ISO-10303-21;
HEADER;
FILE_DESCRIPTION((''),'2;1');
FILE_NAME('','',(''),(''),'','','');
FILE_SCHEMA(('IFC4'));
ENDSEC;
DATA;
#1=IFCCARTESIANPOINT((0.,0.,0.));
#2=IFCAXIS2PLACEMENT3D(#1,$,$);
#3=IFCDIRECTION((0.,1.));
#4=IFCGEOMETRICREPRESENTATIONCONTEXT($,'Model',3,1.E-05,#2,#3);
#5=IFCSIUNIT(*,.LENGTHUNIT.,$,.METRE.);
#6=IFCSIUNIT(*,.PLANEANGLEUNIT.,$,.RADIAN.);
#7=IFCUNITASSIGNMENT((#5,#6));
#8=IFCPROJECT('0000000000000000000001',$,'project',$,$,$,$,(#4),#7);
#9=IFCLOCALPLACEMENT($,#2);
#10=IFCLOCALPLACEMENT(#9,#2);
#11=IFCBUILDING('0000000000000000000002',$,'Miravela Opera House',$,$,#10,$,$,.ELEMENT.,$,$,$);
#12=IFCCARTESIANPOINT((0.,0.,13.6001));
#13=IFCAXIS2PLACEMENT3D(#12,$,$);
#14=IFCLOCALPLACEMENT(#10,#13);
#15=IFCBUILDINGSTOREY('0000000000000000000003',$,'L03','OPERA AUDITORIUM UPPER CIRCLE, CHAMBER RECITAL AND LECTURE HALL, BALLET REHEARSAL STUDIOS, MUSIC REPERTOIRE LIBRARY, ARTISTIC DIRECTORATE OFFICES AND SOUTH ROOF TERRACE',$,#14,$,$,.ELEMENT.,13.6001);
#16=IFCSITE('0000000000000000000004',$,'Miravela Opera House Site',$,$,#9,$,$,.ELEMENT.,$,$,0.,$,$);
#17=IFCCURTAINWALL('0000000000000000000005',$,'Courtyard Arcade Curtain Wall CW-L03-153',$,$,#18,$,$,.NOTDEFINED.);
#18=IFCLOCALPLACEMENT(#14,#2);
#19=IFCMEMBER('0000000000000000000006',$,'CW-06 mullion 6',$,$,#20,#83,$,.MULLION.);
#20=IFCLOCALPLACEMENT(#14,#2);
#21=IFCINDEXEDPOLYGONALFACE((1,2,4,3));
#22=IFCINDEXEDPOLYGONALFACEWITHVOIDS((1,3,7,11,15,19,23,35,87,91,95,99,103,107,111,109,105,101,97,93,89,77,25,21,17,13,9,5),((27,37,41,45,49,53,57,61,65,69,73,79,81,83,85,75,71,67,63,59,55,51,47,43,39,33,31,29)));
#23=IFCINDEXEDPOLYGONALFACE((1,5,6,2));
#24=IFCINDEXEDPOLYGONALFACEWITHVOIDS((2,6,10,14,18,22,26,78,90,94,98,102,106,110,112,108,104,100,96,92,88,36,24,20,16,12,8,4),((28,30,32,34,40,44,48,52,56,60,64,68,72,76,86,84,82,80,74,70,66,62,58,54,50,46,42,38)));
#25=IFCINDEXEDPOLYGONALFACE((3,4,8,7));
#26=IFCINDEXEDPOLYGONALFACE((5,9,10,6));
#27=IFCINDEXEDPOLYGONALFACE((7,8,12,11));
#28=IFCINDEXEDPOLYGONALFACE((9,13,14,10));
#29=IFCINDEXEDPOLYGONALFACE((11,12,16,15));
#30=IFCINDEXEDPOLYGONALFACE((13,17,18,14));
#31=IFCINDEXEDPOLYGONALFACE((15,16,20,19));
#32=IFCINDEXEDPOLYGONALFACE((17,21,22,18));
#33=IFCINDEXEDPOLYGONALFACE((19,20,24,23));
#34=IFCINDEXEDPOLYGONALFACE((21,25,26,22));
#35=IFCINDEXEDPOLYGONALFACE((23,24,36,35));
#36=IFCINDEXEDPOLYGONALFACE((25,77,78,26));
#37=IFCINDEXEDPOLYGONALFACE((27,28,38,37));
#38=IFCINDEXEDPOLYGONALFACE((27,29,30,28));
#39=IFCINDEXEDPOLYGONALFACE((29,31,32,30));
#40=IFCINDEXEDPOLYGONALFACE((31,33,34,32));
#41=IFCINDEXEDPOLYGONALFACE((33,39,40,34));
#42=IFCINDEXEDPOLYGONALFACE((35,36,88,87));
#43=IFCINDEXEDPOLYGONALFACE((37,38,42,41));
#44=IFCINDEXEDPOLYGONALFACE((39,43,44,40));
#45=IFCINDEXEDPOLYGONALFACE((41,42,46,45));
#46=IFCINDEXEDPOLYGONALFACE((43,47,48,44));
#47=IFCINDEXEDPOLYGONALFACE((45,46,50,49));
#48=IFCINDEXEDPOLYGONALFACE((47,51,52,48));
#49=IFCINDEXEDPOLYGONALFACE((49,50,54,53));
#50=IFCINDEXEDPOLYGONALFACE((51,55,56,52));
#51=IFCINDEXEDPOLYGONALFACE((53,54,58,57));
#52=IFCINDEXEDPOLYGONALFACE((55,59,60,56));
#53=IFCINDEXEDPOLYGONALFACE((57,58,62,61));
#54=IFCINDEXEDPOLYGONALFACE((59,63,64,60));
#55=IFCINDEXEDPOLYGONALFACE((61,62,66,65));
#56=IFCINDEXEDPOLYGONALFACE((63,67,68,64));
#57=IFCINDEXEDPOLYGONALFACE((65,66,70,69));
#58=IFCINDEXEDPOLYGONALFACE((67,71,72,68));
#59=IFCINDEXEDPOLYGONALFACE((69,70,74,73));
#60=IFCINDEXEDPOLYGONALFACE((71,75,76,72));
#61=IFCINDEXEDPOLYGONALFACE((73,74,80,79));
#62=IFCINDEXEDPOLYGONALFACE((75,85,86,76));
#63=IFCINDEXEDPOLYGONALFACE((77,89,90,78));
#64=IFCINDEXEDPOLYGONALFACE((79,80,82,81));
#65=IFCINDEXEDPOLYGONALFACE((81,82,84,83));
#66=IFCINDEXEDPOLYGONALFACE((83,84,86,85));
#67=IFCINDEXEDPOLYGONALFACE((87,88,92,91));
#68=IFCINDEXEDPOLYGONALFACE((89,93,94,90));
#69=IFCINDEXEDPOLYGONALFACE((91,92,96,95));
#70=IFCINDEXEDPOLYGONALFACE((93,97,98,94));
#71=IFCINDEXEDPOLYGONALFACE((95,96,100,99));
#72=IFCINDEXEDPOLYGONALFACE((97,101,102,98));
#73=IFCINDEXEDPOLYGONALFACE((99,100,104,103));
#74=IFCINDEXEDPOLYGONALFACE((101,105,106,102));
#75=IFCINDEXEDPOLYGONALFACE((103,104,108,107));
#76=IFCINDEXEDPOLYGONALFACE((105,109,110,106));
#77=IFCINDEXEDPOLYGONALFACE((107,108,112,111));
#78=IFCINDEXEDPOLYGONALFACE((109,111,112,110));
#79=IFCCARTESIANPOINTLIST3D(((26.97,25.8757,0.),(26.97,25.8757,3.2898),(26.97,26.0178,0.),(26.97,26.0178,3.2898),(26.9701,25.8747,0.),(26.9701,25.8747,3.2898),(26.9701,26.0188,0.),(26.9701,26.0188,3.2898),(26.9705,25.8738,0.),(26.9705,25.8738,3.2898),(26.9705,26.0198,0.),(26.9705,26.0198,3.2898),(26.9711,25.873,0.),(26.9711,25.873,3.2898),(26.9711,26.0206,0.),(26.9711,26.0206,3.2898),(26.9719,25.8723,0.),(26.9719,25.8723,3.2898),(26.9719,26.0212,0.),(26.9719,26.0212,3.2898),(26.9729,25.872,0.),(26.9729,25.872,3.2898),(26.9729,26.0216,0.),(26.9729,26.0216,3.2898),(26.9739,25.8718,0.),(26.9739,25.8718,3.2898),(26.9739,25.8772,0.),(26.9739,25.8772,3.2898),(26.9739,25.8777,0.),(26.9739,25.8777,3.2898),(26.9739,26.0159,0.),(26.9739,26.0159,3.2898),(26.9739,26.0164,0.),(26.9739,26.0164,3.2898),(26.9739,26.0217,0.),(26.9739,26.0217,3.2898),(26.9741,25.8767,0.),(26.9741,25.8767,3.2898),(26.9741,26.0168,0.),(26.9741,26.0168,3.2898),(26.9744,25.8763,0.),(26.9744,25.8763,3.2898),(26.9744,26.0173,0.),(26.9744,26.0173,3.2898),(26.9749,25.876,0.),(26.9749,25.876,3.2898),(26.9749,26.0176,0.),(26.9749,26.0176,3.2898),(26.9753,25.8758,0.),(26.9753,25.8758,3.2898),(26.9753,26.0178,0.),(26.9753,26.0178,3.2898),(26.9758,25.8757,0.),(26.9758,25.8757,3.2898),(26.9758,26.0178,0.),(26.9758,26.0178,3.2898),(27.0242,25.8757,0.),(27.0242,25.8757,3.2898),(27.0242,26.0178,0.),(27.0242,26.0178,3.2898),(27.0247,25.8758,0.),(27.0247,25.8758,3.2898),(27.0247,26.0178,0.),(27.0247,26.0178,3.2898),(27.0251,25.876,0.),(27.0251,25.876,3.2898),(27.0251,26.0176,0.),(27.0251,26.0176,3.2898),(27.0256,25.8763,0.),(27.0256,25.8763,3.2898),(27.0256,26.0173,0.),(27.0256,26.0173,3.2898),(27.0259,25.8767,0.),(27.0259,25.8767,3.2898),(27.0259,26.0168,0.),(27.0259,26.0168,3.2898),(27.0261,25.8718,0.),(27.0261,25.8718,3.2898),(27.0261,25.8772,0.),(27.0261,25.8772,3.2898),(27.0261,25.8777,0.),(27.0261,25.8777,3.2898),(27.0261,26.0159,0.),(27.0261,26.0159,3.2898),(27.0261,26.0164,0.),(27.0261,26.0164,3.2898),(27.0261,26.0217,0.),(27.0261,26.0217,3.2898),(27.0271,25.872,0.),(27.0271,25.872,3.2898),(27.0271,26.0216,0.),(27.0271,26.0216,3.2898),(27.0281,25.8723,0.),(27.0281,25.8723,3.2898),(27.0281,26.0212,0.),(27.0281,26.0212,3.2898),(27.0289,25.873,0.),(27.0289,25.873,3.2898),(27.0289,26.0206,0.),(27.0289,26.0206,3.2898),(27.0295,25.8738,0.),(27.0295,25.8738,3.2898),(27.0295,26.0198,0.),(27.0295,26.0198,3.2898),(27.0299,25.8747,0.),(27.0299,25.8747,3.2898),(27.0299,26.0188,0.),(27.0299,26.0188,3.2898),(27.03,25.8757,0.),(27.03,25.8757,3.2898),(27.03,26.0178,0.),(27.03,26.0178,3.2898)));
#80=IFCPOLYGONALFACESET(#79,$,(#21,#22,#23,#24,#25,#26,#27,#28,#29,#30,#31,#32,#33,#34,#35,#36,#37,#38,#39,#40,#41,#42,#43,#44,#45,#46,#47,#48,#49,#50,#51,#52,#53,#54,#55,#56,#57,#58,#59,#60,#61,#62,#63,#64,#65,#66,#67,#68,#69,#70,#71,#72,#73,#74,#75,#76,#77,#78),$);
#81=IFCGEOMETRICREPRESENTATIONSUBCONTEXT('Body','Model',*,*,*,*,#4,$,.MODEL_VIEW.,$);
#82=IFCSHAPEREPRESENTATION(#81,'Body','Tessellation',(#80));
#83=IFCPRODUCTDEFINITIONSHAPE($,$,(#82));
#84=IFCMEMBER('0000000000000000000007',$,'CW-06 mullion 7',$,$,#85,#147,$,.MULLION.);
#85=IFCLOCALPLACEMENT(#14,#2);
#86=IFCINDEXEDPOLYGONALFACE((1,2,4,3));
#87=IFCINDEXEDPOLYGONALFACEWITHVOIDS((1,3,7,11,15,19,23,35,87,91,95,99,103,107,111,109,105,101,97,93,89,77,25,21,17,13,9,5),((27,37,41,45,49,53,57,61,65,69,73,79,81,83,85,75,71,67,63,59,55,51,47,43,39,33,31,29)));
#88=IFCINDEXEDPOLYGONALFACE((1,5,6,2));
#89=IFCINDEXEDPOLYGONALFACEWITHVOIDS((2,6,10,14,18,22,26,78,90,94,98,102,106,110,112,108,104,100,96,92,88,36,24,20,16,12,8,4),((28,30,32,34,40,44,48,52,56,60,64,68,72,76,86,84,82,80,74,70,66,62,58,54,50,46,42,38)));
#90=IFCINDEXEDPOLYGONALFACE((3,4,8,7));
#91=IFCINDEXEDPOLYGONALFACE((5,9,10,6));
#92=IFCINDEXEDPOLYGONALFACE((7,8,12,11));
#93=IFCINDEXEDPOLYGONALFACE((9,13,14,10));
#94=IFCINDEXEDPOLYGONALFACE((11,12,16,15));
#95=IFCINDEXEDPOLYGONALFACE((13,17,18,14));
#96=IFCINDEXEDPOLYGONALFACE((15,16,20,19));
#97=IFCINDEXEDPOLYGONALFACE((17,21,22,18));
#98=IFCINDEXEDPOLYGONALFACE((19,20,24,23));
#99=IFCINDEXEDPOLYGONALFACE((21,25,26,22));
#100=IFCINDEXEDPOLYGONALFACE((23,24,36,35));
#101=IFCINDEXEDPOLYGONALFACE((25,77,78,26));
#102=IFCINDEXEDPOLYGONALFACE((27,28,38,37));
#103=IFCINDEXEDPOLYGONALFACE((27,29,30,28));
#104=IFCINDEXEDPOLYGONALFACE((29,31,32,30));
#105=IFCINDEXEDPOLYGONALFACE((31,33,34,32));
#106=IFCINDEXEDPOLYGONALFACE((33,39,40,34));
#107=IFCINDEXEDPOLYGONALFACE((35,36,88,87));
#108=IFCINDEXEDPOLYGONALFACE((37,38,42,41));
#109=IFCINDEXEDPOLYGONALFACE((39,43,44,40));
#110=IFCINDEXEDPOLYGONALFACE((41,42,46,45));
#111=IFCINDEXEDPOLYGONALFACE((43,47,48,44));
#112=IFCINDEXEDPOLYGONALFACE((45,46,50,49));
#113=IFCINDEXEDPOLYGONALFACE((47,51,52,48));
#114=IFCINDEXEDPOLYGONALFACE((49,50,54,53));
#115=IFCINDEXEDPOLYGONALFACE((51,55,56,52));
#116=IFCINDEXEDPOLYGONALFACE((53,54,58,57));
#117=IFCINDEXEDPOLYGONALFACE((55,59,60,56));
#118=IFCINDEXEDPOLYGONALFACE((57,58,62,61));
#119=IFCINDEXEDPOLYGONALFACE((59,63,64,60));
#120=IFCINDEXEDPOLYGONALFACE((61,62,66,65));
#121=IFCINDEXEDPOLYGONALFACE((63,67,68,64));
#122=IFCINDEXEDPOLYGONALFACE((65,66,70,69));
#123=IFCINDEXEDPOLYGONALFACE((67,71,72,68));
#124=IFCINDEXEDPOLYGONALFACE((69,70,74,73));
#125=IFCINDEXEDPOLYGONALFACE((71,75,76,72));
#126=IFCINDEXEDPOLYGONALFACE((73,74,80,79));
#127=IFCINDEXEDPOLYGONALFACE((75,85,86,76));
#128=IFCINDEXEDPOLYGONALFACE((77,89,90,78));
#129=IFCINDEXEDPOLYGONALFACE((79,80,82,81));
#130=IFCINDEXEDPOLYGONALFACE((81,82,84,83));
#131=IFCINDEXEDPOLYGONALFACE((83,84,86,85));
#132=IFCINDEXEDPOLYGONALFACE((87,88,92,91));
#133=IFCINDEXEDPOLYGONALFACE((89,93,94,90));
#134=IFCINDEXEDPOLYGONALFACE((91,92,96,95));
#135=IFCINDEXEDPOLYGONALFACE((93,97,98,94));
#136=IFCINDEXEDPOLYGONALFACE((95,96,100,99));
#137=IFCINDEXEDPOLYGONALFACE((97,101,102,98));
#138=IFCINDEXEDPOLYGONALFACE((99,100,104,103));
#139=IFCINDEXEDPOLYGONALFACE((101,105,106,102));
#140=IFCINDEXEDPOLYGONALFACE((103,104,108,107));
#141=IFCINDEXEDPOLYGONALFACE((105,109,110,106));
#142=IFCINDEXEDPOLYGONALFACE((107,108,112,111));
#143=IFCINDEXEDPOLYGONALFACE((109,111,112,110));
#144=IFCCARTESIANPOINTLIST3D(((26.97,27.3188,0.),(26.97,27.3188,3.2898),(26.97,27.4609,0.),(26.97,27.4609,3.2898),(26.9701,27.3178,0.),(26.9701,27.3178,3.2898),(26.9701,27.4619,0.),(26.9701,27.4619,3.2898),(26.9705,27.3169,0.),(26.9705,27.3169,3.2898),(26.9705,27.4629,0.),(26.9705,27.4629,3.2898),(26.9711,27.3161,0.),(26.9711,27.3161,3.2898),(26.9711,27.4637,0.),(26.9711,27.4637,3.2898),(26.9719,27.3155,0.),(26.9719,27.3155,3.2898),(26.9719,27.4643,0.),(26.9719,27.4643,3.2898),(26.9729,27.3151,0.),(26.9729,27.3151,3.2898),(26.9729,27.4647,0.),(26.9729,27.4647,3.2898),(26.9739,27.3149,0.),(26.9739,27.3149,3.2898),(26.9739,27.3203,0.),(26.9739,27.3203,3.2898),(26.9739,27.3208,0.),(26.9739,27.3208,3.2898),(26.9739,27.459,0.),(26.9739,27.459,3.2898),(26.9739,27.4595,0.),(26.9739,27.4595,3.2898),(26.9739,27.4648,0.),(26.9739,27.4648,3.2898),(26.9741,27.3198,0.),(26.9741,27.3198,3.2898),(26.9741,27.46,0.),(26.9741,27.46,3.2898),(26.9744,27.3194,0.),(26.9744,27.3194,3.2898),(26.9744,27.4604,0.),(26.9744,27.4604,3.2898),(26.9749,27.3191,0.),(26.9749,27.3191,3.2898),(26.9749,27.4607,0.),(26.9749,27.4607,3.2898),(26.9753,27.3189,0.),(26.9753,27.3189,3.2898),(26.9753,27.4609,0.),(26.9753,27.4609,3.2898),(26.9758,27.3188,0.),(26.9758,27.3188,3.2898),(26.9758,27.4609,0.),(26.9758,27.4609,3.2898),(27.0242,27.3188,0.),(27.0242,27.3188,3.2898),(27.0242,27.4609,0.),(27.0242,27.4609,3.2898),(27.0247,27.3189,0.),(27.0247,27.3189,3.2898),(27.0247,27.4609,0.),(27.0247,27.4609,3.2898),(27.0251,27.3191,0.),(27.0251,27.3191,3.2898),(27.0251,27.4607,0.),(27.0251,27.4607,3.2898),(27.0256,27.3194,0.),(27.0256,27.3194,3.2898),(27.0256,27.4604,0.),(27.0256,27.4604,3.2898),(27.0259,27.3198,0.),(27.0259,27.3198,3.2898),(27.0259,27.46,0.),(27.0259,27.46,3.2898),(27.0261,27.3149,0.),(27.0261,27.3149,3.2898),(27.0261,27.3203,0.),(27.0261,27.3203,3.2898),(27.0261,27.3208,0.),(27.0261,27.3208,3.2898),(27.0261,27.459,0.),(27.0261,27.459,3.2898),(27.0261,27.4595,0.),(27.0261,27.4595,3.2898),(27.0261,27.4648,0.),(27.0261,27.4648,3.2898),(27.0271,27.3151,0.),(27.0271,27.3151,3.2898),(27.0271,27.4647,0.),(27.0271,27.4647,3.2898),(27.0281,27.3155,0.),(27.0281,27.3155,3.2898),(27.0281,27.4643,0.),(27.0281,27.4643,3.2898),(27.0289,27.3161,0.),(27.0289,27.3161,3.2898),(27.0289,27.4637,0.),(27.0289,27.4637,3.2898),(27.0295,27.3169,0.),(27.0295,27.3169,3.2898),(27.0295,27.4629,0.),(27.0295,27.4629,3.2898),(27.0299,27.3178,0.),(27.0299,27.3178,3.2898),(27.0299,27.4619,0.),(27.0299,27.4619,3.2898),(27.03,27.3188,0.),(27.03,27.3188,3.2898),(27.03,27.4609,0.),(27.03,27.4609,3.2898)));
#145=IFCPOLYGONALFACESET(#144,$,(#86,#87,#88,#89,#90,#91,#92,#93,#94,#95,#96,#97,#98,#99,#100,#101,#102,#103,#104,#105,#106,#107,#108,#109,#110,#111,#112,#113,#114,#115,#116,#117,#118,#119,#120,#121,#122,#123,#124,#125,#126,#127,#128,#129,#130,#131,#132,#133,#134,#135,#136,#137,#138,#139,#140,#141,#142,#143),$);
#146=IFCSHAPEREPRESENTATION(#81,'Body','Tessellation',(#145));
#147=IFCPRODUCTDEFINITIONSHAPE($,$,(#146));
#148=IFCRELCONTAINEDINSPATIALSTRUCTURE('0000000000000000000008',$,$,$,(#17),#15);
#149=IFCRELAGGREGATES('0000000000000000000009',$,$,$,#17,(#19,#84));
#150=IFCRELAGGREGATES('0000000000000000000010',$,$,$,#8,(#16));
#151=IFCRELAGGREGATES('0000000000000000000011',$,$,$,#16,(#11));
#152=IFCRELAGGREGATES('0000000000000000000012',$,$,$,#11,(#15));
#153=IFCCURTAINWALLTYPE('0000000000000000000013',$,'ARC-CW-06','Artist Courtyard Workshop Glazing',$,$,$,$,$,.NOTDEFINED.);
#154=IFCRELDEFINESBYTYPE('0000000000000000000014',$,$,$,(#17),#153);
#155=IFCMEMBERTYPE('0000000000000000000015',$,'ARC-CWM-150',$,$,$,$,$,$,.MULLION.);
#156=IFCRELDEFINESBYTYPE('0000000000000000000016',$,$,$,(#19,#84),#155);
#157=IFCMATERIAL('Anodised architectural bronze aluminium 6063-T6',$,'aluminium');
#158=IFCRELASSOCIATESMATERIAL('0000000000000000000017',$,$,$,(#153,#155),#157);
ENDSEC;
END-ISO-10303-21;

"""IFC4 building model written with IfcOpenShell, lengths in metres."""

from ifc_helpers import new_model, si_unit, direction, frame, origin, origin_2d, place, context, subcontext, project, spatial, hollow_rectangle, extrude, material, material_profile, profile_set, type_object, element, aggregate, save


model = new_model("IFC4")

# Units and contexts
model_context = context("Model", 3, precision=1e-05, world=origin(), true_north=direction((0.0, 1.0)))
body_context = subcontext(model_context, "Body", "Model", "MODEL_VIEW")
ifc_project = project(units=[si_unit("LENGTHUNIT", "METRE"), si_unit("PLANEANGLEUNIT", "RADIAN")], contexts=[model_context])

# Site, building, storey
site_placement = place(None, origin())
site = spatial("IfcSite", under=ifc_project, at=site_placement, Name="Miravela Opera House Site", CompositionType="ELEMENT", RefElevation=0.0)
building_placement = place(site_placement, origin())
building = spatial("IfcBuilding", under=site, at=building_placement, Name="Miravela Opera House", CompositionType="ELEMENT")
storey_placement = place(building_placement, frame((0.0, 0.0, 13.6001)))
storey = spatial("IfcBuildingStorey", under=building, at=storey_placement, Name="L03", Description="OPERA AUDITORIUM UPPER CIRCLE, CHAMBER RECITAL AND LECTURE HALL, BALLET REHEARSAL STUDIOS, MUSIC REPERTOIRE LIBRARY, ARTISTIC DIRECTORATE OFFICES AND SOUTH ROOF TERRACE", CompositionType="ELEMENT", Elevation=13.6001)

# Shared definitions
ifc_material_1 = material(Name="Anodised architectural bronze aluminium 6063-T6", Category="aluminium")
curtain_wall_type = type_object("IfcCurtainWallType", Name="ARC-CW-06", Description="Artist Courtyard Workshop Glazing", PredefinedType="NOTDEFINED", material=ifc_material_1)
ifc_material_profile_1 = material_profile(ifc_material_1, hollow_rectangle(XDim=0.0601, YDim=0.1499, WallThickness=0.0039, InnerFilletRadius=0.002, OuterFilletRadius=0.0039, at=origin_2d()), Name="CWM-60X150")
ifc_profile_set_1 = profile_set([ifc_material_profile_1])
member_type_1 = type_object("IfcMemberType", Name="ARC-CWM-150", PredefinedType="MULLION", material=ifc_profile_set_1)

# Curtain wall, members
curtain_wall_1_placement = place(storey_placement, origin())
curtain_wall_1 = element("IfcCurtainWall", 1, at=curtain_wall_1_placement, inside=storey, type_object=curtain_wall_type, Name="Courtyard Arcade Curtain Wall CW-L03-153", PredefinedType="NOTDEFINED")
member_1_placement = place(storey_placement, frame((27.0, 25.9468, 0.0), z_axis=(0.0, 0.0, 1.0), x_axis=(-1.0, 0.0, 0.0)))
member_1 = element("IfcMember", 2, at=member_1_placement, type_object=member_type_1, Name="CW-06 mullion 6", PredefinedType="MULLION", context=body_context, shape_type="SweptSolid", body=[
    extrude(hollow_rectangle(XDim=0.0601, YDim=0.1499, WallThickness=0.0039, InnerFilletRadius=0.002, OuterFilletRadius=0.0039, at=origin_2d()), origin(), (0.0, 0.0, 1.0), 3.2898),
])
member_2_placement = place(storey_placement, frame((27.0, 27.3899, 0.0), z_axis=(0.0, 0.0, 1.0), x_axis=(-1.0, 0.0, 0.0)))
member_2 = element("IfcMember", 3, at=member_2_placement, type_object=member_type_1, Name="CW-06 mullion 7", PredefinedType="MULLION", context=body_context, shape_type="SweptSolid", body=[
    extrude(hollow_rectangle(XDim=0.0601, YDim=0.1499, WallThickness=0.0039, InnerFilletRadius=0.002, OuterFilletRadius=0.0039, at=origin_2d()), origin(), (0.0, 0.0, 1.0), 3.2898),
])

aggregate(curtain_wall_1, [member_1, member_2])

save(model, "model.ifc")
